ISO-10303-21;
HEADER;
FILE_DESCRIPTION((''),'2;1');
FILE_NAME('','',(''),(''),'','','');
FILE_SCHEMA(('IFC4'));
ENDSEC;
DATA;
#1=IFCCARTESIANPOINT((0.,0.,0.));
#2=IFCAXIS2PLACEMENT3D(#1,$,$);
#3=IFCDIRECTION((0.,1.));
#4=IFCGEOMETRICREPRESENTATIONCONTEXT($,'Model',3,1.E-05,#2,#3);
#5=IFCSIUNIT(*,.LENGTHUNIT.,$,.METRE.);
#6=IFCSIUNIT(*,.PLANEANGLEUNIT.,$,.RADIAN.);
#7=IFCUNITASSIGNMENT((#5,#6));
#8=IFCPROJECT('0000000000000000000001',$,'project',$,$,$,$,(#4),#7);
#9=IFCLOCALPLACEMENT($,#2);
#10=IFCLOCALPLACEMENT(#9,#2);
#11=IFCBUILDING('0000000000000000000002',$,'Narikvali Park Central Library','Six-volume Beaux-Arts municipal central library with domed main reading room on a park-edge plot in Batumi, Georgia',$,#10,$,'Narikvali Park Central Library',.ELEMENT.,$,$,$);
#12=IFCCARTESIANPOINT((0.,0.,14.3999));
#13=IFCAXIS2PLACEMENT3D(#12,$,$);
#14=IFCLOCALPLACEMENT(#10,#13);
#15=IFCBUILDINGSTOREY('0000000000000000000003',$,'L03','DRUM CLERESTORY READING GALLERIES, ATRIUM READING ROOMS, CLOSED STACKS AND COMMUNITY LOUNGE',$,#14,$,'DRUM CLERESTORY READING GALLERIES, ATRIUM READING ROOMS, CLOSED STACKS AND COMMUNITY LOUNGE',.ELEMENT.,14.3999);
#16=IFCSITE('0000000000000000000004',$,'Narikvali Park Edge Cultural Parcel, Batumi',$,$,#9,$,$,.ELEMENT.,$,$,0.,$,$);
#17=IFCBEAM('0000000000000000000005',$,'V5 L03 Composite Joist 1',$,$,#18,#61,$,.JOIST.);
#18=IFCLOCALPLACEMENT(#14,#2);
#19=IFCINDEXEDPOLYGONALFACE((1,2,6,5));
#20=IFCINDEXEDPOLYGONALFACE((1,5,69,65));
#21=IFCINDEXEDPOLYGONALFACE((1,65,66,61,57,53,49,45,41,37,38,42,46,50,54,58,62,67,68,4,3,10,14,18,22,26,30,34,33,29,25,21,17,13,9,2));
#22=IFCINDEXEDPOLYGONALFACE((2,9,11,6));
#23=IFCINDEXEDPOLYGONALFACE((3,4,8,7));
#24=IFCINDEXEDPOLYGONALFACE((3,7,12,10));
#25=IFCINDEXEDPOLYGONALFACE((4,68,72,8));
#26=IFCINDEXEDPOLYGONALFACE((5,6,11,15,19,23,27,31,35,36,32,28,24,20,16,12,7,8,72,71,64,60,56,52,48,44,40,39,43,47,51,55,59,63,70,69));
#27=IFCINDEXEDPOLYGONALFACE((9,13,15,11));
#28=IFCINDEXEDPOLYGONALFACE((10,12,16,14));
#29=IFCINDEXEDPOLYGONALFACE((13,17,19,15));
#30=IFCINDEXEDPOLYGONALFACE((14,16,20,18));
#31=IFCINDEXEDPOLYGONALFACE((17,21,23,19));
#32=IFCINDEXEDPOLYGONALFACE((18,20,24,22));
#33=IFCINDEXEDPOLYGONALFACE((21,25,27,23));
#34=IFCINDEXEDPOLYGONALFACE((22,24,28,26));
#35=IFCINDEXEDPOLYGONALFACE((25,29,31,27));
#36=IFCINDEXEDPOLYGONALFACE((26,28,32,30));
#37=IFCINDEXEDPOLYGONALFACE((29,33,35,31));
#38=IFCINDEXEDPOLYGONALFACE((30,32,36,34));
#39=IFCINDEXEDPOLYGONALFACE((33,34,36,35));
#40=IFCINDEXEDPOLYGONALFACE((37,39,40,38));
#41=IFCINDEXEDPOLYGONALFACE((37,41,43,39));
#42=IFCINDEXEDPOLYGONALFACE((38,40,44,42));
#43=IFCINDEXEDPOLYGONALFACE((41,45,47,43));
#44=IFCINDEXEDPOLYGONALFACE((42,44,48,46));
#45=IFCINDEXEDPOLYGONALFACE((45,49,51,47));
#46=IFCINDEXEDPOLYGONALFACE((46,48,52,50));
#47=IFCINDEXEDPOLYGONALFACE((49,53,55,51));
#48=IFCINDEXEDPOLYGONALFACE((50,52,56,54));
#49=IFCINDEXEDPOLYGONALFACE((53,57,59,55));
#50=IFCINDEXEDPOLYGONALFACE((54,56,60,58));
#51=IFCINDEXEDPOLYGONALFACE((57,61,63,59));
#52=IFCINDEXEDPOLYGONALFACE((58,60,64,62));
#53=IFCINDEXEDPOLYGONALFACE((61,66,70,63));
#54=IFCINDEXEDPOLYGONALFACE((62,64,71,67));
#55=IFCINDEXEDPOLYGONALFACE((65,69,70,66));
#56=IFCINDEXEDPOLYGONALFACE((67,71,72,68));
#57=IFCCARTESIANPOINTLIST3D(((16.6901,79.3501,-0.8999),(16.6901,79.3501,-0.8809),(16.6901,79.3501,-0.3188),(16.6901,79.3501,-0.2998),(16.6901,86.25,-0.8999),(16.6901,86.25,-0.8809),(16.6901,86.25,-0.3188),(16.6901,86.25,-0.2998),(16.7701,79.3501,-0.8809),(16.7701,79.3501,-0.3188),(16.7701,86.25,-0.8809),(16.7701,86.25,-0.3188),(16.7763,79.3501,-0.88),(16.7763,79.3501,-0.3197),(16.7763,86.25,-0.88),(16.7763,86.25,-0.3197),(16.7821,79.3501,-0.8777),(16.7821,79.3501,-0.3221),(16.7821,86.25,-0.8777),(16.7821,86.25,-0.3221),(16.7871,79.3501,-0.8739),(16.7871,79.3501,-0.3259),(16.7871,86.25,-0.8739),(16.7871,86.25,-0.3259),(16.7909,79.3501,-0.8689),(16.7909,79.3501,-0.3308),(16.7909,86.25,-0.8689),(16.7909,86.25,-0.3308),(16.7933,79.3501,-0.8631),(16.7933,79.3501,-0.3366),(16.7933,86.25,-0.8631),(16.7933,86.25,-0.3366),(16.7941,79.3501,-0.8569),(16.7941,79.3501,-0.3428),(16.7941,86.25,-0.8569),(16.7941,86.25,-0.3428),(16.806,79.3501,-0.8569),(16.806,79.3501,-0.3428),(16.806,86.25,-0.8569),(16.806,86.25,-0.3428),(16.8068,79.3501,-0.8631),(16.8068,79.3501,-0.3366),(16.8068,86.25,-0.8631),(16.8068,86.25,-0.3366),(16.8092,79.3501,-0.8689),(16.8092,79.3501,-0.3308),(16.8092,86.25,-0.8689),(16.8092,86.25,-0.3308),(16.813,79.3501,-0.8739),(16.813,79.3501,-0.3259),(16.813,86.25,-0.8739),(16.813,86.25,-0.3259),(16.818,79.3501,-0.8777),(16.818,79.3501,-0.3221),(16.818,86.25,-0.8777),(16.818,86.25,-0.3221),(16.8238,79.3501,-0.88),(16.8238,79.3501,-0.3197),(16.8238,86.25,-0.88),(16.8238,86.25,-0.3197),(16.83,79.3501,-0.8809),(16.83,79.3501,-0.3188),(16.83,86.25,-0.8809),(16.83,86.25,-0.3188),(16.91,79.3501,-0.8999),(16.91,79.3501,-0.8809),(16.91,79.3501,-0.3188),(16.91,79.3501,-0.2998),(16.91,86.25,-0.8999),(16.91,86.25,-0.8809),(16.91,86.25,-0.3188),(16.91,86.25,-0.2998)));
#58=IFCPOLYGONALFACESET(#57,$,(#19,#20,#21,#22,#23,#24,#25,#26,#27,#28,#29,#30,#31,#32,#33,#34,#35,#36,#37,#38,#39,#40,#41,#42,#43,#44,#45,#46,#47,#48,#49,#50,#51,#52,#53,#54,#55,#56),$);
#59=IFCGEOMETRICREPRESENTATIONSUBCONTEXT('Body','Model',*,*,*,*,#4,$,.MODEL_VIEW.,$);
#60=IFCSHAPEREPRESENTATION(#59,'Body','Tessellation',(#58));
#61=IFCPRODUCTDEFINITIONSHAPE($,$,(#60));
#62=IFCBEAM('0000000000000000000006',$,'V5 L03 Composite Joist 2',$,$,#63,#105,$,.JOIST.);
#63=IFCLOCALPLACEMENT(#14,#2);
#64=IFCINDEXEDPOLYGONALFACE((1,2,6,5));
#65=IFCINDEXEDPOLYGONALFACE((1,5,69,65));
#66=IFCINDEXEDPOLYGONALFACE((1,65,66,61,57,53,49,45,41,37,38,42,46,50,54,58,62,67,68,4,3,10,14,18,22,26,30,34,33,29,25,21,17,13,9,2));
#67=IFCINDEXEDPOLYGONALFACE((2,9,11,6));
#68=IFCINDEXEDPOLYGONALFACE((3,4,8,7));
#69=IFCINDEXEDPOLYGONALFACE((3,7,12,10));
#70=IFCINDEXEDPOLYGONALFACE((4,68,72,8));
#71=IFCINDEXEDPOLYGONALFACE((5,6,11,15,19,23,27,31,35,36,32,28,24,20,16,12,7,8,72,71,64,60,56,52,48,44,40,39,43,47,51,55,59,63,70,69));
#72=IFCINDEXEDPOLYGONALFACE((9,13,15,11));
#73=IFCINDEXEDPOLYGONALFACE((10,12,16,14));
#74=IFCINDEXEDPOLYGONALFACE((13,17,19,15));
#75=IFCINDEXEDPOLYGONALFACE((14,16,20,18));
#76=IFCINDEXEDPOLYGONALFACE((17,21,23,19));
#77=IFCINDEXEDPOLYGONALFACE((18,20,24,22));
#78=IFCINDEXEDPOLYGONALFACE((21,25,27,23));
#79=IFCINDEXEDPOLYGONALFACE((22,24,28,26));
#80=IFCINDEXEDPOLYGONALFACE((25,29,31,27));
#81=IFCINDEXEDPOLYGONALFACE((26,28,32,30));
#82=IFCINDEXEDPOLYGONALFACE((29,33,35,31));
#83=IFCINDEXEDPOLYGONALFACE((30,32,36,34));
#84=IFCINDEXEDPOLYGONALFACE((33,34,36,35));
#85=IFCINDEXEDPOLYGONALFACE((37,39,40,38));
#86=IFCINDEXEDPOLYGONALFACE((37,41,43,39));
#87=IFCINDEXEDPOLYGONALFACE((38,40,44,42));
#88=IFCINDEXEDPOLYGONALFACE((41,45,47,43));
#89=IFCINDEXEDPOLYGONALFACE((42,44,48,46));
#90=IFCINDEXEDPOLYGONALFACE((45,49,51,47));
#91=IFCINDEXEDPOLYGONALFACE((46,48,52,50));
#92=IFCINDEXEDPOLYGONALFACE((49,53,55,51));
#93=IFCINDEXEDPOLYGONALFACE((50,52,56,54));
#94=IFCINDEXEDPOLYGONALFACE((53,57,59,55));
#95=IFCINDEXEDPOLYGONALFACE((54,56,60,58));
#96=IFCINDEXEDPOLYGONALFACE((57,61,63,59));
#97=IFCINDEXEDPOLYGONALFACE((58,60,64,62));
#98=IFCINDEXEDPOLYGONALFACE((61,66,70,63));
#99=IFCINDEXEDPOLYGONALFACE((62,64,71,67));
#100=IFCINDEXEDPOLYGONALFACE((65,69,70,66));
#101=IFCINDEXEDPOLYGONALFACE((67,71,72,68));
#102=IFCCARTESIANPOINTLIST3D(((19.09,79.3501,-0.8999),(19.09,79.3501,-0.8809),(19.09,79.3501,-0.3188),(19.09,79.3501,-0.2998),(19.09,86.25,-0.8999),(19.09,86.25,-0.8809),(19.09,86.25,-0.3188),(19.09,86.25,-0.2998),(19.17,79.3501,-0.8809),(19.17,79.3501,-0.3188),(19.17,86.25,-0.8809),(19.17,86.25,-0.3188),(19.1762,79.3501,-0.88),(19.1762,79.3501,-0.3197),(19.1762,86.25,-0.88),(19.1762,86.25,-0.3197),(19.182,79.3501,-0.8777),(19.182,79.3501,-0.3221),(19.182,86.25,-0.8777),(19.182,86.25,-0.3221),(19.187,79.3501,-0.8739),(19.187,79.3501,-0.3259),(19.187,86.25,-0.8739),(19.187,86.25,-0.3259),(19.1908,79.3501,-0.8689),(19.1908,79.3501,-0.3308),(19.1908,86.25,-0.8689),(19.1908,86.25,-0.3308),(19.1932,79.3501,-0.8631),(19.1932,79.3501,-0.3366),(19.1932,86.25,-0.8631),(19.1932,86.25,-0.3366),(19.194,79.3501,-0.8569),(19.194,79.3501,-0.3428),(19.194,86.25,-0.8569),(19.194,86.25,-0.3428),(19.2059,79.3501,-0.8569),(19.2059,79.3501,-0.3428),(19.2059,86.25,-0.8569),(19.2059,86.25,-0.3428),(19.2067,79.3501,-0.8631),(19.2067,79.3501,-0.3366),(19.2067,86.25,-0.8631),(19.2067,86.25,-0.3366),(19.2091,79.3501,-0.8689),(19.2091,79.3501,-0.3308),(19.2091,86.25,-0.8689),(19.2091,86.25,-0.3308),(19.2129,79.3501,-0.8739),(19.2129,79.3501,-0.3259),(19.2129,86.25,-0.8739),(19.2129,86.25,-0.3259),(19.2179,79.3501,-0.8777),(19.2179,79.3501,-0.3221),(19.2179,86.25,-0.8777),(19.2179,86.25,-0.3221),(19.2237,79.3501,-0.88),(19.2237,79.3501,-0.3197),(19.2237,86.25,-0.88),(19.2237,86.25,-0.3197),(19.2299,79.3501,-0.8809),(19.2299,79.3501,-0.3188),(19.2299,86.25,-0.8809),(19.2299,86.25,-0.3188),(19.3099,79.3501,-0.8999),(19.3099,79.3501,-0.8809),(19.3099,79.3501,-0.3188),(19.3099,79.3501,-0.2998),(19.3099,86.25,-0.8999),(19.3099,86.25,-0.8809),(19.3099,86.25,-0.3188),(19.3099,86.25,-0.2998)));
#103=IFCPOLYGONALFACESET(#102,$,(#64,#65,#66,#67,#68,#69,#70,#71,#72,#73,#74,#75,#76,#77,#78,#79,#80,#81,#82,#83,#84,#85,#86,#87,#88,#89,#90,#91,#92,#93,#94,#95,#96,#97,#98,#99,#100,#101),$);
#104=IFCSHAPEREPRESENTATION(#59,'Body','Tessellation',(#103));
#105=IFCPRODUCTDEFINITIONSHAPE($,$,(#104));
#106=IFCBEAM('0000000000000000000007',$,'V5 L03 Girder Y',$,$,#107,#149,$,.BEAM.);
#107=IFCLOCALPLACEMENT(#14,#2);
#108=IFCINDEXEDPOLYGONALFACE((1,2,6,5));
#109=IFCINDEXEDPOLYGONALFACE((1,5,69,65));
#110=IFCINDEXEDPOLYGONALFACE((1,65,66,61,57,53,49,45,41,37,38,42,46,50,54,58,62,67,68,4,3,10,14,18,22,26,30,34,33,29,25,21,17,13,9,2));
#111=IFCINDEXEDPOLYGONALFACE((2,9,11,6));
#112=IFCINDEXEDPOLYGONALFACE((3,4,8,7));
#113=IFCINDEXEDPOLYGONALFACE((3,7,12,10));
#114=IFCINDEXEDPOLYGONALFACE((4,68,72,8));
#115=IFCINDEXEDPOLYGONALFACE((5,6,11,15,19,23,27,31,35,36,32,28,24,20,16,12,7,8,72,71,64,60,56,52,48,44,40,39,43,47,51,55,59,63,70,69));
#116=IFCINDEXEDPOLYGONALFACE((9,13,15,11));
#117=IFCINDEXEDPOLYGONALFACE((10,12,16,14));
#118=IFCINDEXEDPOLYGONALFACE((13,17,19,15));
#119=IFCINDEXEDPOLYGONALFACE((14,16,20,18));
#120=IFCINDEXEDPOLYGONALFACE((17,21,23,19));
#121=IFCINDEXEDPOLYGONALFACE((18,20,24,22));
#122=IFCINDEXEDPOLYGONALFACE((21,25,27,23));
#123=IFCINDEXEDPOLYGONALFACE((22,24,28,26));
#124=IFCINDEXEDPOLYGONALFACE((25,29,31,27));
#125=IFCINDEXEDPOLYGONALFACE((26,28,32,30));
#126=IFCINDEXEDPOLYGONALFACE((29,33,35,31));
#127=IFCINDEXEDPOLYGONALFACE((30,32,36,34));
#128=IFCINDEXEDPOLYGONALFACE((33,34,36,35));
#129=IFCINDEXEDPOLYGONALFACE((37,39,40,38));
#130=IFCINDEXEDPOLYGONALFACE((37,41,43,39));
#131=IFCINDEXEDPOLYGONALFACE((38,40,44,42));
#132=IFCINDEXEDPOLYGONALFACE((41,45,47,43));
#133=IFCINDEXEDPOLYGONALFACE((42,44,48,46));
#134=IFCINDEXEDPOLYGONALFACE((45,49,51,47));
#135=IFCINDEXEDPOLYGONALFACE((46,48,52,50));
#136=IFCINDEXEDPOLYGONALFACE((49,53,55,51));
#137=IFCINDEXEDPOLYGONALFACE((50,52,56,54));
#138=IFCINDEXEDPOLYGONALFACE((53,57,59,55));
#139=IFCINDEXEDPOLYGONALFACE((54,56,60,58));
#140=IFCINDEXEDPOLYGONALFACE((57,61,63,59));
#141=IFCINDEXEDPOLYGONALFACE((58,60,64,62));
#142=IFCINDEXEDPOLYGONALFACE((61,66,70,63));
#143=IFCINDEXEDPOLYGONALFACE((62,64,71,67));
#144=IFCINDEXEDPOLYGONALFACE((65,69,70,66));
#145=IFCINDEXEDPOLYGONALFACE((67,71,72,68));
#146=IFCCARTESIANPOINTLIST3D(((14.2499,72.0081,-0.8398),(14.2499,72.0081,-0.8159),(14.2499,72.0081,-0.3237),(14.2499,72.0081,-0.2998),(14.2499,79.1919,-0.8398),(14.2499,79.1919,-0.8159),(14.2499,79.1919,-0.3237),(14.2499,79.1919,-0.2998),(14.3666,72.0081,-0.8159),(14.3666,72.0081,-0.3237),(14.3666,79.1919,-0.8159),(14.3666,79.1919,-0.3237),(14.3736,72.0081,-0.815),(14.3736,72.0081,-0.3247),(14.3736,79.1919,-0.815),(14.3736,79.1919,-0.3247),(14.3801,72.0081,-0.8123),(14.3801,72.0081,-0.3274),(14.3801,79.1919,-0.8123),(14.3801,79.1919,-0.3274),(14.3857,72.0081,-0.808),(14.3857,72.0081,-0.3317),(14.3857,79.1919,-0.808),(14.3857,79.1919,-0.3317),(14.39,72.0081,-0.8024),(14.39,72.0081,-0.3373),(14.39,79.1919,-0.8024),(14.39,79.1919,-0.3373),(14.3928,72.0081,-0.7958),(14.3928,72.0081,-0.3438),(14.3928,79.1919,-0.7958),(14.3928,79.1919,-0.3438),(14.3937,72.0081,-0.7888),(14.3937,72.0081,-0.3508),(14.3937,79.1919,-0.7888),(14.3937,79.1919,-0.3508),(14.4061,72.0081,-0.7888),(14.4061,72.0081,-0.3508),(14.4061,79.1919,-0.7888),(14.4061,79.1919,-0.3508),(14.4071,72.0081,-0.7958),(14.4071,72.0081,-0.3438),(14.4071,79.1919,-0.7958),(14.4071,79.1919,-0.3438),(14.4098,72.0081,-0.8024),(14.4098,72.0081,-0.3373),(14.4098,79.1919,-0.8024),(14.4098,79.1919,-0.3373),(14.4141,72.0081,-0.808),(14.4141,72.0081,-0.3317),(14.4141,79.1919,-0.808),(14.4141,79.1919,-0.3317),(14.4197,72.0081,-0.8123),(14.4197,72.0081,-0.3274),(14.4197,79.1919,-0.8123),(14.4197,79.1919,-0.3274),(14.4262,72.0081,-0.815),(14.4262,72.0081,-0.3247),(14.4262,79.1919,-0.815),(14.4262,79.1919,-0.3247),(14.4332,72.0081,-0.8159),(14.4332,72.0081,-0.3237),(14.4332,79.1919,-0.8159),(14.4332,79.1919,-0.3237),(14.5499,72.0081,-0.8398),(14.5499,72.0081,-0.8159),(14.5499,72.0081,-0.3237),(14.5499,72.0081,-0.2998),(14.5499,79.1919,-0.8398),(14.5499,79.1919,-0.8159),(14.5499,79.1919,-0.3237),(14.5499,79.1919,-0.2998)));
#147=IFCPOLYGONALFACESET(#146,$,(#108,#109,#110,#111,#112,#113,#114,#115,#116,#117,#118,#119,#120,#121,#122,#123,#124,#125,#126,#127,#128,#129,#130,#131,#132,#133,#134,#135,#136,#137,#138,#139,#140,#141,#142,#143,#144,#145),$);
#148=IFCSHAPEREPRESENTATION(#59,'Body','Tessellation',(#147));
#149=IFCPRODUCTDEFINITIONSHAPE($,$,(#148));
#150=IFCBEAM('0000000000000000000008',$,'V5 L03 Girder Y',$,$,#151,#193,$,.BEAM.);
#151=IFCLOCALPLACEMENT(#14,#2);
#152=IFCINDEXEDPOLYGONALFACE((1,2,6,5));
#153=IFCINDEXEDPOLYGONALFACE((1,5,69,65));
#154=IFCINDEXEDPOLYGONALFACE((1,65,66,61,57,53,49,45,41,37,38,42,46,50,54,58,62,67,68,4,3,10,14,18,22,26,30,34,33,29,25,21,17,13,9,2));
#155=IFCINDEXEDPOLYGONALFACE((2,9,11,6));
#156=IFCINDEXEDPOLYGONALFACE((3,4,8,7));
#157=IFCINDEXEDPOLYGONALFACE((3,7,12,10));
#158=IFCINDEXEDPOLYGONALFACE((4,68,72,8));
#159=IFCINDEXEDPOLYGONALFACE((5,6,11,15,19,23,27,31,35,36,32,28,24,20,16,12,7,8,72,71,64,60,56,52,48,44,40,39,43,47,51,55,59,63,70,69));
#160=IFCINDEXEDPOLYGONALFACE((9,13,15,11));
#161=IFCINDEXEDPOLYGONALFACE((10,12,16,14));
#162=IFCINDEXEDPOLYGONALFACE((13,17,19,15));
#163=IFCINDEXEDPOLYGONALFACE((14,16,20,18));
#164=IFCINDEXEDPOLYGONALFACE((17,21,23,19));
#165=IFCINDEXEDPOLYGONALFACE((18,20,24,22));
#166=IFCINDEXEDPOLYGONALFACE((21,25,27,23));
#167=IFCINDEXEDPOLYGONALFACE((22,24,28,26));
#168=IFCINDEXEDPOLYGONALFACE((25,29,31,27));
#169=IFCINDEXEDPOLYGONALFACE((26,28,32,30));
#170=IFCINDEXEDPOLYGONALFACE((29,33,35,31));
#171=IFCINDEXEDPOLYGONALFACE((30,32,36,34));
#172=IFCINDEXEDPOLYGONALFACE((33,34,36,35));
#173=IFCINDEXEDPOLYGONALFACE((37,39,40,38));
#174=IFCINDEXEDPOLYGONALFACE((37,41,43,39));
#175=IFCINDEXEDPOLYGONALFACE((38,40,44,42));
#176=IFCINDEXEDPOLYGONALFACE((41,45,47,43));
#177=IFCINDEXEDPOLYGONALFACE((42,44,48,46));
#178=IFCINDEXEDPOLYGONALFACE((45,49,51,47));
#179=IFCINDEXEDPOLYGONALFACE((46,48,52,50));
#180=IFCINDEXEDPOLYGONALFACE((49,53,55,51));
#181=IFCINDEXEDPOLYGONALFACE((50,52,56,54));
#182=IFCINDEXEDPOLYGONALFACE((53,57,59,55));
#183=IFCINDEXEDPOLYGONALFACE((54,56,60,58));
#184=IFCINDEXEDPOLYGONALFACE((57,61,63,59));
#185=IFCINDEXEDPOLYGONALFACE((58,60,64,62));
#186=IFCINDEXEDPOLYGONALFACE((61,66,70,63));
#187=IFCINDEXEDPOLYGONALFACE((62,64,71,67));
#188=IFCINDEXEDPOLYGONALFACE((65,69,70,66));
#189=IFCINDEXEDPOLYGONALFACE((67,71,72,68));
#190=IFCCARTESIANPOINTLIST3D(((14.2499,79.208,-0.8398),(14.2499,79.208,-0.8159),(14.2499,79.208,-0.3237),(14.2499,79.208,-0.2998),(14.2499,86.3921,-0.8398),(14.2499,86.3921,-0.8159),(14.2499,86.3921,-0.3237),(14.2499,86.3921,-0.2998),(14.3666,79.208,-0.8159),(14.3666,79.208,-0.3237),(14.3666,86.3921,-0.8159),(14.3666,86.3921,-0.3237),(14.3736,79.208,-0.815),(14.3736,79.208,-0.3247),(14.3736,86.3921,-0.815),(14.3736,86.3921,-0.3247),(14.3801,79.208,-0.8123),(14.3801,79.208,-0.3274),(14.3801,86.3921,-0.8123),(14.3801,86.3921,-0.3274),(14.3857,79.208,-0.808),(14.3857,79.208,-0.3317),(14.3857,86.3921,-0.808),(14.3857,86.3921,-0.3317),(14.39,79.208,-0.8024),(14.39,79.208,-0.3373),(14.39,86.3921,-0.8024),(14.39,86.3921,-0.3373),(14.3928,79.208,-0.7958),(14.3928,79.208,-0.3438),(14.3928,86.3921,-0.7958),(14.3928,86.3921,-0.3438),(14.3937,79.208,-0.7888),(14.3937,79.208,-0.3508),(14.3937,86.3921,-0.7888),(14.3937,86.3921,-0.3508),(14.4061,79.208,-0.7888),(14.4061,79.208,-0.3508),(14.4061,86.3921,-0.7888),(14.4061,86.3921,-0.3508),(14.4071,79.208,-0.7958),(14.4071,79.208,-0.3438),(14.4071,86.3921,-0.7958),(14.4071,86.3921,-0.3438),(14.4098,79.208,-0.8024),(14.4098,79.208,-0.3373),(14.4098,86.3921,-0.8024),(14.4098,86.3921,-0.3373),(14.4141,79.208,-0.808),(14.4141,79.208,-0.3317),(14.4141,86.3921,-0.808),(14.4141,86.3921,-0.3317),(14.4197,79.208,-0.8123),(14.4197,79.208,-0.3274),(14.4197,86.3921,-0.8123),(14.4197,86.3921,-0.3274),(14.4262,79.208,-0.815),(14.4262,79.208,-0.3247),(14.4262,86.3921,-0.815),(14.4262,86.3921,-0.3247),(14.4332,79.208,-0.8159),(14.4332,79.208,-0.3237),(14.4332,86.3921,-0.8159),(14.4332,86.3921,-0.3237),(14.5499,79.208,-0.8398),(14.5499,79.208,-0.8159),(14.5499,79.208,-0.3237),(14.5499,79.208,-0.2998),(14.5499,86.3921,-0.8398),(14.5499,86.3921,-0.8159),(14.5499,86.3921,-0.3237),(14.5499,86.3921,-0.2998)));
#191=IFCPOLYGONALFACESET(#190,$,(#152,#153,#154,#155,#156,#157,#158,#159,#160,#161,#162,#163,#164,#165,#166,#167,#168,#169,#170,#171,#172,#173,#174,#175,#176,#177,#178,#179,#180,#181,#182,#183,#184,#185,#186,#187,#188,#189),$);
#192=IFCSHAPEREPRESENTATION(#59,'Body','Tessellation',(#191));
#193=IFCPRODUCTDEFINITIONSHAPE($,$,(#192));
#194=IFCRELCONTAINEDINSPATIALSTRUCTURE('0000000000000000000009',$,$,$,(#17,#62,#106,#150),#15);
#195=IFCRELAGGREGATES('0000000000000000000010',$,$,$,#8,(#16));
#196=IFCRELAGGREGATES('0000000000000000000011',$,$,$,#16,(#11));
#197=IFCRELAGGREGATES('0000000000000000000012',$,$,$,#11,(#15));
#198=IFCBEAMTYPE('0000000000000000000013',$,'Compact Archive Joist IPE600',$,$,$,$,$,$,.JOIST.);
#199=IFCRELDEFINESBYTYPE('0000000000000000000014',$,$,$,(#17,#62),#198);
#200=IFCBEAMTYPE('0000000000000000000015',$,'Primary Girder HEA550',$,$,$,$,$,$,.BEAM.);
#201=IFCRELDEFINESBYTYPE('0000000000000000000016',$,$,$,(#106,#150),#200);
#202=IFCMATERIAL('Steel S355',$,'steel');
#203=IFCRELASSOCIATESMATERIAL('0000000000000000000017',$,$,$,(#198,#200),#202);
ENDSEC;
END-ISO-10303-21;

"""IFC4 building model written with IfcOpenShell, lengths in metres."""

from ifc_helpers import new_model, si_unit, direction, frame, origin, origin_2d, place, context, subcontext, project, spatial, i_section, extrude, material, material_profile, profile_set, type_object, element, save


model = new_model("IFC4")

# Units and contexts
model_context = context("Model", 3, precision=1e-05, world=origin(), true_north=direction((0.0, 1.0)))
body_context = subcontext(model_context, "Body", "Model", "MODEL_VIEW")
ifc_project = project(units=[si_unit("LENGTHUNIT", "METRE"), si_unit("PLANEANGLEUNIT", "RADIAN")], contexts=[model_context])

# Site, building, storey
site_placement = place(None, origin())
site = spatial("IfcSite", under=ifc_project, at=site_placement, Name="Narikvali Park Edge Cultural Parcel, Batumi", CompositionType="ELEMENT", RefElevation=0.0)
building_placement = place(site_placement, origin())
building = spatial("IfcBuilding", under=site, at=building_placement, Name="Narikvali Park Central Library", Description="Six-volume Beaux-Arts municipal central library with domed main reading room on a park-edge plot in Batumi, Georgia", LongName="Narikvali Park Central Library", CompositionType="ELEMENT")
storey_placement = place(building_placement, frame((0.0, 0.0, 14.3999)))
storey = spatial("IfcBuildingStorey", under=building, at=storey_placement, Name="L03", Description="DRUM CLERESTORY READING GALLERIES, ATRIUM READING ROOMS, CLOSED STACKS AND COMMUNITY LOUNGE", LongName="DRUM CLERESTORY READING GALLERIES, ATRIUM READING ROOMS, CLOSED STACKS AND COMMUNITY LOUNGE", CompositionType="ELEMENT", Elevation=14.3999)

# Shared definitions
ifc_material_1 = material(Name="Steel S355", Category="steel")

# Beams
ifc_material_profile_1 = material_profile(ifc_material_1, i_section(OverallWidth=0.22, OverallDepth=0.6001, WebThickness=0.012, FlangeThickness=0.019, FilletRadius=0.0239, at=origin_2d()), Name="IPE 600")
ifc_profile_set_1 = profile_set([ifc_material_profile_1], Name="Steel S355")
beam_type_1 = type_object("IfcBeamType", Name="Compact Archive Joist IPE600", PredefinedType="JOIST", material=ifc_profile_set_1)
for number, where, z_axis, x_axis, name in (
    (1, (16.8, 79.3501, -0.5999), (0.0, 1.0, 0.0), (-1.0, 0.0, 0.0), "V5 L03 Composite Joist 1"),
    (2, (19.2, 79.3501, -0.5999), (0.0, 1.0, 0.0), (-1.0, 0.0, 0.0), "V5 L03 Composite Joist 2"),
):
    element("IfcBeam", number, at=place(storey_placement, frame(where, z_axis=z_axis, x_axis=x_axis)), inside=storey, type_object=beam_type_1, Name=name, PredefinedType="JOIST", context=body_context, shape_type="SweptSolid", body=[
        extrude(i_section(OverallWidth=0.22, OverallDepth=0.6001, WebThickness=0.012, FlangeThickness=0.019, FilletRadius=0.0239, at=origin_2d()), origin(), (0.0, 0.0, 1.0), 6.8999),
    ])
ifc_material_profile_2 = material_profile(ifc_material_1, i_section(OverallWidth=0.3, OverallDepth=0.54, WebThickness=0.0125, FlangeThickness=0.0239, FilletRadius=0.0271, at=origin_2d()), Name="HEA 550")
ifc_profile_set_2 = profile_set([ifc_material_profile_2], Name="Steel S355")
beam_type_2 = type_object("IfcBeamType", Name="Primary Girder HEA550", PredefinedType="BEAM", material=ifc_profile_set_2)
beam_1_placement = place(storey_placement, frame((14.3999, 72.0081, -0.5698), z_axis=(0.0, 1.0, 0.0), x_axis=(-1.0, 0.0, 0.0)))
element("IfcBeam", 3, at=beam_1_placement, inside=storey, type_object=beam_type_2, Name="V5 L03 Girder Y", PredefinedType="BEAM", context=body_context, shape_type="SweptSolid", body=[
    extrude(i_section(OverallWidth=0.3, OverallDepth=0.54, WebThickness=0.0125, FlangeThickness=0.0239, FilletRadius=0.0271, at=origin_2d()), origin(), (0.0, 0.0, 1.0), 7.1838),
])
beam_2_placement = place(storey_placement, frame((14.3999, 79.208, -0.5698), z_axis=(0.0, 1.0, 0.0), x_axis=(-1.0, 0.0, 0.0)))
element("IfcBeam", 4, at=beam_2_placement, inside=storey, type_object=beam_type_2, Name="V5 L03 Girder Y", PredefinedType="BEAM", context=body_context, shape_type="SweptSolid", body=[
    extrude(i_section(OverallWidth=0.3, OverallDepth=0.54, WebThickness=0.0125, FlangeThickness=0.0239, FilletRadius=0.0271, at=origin_2d()), origin(), (0.0, 0.0, 1.0), 7.1841),
])

save(model, "model.ifc")
